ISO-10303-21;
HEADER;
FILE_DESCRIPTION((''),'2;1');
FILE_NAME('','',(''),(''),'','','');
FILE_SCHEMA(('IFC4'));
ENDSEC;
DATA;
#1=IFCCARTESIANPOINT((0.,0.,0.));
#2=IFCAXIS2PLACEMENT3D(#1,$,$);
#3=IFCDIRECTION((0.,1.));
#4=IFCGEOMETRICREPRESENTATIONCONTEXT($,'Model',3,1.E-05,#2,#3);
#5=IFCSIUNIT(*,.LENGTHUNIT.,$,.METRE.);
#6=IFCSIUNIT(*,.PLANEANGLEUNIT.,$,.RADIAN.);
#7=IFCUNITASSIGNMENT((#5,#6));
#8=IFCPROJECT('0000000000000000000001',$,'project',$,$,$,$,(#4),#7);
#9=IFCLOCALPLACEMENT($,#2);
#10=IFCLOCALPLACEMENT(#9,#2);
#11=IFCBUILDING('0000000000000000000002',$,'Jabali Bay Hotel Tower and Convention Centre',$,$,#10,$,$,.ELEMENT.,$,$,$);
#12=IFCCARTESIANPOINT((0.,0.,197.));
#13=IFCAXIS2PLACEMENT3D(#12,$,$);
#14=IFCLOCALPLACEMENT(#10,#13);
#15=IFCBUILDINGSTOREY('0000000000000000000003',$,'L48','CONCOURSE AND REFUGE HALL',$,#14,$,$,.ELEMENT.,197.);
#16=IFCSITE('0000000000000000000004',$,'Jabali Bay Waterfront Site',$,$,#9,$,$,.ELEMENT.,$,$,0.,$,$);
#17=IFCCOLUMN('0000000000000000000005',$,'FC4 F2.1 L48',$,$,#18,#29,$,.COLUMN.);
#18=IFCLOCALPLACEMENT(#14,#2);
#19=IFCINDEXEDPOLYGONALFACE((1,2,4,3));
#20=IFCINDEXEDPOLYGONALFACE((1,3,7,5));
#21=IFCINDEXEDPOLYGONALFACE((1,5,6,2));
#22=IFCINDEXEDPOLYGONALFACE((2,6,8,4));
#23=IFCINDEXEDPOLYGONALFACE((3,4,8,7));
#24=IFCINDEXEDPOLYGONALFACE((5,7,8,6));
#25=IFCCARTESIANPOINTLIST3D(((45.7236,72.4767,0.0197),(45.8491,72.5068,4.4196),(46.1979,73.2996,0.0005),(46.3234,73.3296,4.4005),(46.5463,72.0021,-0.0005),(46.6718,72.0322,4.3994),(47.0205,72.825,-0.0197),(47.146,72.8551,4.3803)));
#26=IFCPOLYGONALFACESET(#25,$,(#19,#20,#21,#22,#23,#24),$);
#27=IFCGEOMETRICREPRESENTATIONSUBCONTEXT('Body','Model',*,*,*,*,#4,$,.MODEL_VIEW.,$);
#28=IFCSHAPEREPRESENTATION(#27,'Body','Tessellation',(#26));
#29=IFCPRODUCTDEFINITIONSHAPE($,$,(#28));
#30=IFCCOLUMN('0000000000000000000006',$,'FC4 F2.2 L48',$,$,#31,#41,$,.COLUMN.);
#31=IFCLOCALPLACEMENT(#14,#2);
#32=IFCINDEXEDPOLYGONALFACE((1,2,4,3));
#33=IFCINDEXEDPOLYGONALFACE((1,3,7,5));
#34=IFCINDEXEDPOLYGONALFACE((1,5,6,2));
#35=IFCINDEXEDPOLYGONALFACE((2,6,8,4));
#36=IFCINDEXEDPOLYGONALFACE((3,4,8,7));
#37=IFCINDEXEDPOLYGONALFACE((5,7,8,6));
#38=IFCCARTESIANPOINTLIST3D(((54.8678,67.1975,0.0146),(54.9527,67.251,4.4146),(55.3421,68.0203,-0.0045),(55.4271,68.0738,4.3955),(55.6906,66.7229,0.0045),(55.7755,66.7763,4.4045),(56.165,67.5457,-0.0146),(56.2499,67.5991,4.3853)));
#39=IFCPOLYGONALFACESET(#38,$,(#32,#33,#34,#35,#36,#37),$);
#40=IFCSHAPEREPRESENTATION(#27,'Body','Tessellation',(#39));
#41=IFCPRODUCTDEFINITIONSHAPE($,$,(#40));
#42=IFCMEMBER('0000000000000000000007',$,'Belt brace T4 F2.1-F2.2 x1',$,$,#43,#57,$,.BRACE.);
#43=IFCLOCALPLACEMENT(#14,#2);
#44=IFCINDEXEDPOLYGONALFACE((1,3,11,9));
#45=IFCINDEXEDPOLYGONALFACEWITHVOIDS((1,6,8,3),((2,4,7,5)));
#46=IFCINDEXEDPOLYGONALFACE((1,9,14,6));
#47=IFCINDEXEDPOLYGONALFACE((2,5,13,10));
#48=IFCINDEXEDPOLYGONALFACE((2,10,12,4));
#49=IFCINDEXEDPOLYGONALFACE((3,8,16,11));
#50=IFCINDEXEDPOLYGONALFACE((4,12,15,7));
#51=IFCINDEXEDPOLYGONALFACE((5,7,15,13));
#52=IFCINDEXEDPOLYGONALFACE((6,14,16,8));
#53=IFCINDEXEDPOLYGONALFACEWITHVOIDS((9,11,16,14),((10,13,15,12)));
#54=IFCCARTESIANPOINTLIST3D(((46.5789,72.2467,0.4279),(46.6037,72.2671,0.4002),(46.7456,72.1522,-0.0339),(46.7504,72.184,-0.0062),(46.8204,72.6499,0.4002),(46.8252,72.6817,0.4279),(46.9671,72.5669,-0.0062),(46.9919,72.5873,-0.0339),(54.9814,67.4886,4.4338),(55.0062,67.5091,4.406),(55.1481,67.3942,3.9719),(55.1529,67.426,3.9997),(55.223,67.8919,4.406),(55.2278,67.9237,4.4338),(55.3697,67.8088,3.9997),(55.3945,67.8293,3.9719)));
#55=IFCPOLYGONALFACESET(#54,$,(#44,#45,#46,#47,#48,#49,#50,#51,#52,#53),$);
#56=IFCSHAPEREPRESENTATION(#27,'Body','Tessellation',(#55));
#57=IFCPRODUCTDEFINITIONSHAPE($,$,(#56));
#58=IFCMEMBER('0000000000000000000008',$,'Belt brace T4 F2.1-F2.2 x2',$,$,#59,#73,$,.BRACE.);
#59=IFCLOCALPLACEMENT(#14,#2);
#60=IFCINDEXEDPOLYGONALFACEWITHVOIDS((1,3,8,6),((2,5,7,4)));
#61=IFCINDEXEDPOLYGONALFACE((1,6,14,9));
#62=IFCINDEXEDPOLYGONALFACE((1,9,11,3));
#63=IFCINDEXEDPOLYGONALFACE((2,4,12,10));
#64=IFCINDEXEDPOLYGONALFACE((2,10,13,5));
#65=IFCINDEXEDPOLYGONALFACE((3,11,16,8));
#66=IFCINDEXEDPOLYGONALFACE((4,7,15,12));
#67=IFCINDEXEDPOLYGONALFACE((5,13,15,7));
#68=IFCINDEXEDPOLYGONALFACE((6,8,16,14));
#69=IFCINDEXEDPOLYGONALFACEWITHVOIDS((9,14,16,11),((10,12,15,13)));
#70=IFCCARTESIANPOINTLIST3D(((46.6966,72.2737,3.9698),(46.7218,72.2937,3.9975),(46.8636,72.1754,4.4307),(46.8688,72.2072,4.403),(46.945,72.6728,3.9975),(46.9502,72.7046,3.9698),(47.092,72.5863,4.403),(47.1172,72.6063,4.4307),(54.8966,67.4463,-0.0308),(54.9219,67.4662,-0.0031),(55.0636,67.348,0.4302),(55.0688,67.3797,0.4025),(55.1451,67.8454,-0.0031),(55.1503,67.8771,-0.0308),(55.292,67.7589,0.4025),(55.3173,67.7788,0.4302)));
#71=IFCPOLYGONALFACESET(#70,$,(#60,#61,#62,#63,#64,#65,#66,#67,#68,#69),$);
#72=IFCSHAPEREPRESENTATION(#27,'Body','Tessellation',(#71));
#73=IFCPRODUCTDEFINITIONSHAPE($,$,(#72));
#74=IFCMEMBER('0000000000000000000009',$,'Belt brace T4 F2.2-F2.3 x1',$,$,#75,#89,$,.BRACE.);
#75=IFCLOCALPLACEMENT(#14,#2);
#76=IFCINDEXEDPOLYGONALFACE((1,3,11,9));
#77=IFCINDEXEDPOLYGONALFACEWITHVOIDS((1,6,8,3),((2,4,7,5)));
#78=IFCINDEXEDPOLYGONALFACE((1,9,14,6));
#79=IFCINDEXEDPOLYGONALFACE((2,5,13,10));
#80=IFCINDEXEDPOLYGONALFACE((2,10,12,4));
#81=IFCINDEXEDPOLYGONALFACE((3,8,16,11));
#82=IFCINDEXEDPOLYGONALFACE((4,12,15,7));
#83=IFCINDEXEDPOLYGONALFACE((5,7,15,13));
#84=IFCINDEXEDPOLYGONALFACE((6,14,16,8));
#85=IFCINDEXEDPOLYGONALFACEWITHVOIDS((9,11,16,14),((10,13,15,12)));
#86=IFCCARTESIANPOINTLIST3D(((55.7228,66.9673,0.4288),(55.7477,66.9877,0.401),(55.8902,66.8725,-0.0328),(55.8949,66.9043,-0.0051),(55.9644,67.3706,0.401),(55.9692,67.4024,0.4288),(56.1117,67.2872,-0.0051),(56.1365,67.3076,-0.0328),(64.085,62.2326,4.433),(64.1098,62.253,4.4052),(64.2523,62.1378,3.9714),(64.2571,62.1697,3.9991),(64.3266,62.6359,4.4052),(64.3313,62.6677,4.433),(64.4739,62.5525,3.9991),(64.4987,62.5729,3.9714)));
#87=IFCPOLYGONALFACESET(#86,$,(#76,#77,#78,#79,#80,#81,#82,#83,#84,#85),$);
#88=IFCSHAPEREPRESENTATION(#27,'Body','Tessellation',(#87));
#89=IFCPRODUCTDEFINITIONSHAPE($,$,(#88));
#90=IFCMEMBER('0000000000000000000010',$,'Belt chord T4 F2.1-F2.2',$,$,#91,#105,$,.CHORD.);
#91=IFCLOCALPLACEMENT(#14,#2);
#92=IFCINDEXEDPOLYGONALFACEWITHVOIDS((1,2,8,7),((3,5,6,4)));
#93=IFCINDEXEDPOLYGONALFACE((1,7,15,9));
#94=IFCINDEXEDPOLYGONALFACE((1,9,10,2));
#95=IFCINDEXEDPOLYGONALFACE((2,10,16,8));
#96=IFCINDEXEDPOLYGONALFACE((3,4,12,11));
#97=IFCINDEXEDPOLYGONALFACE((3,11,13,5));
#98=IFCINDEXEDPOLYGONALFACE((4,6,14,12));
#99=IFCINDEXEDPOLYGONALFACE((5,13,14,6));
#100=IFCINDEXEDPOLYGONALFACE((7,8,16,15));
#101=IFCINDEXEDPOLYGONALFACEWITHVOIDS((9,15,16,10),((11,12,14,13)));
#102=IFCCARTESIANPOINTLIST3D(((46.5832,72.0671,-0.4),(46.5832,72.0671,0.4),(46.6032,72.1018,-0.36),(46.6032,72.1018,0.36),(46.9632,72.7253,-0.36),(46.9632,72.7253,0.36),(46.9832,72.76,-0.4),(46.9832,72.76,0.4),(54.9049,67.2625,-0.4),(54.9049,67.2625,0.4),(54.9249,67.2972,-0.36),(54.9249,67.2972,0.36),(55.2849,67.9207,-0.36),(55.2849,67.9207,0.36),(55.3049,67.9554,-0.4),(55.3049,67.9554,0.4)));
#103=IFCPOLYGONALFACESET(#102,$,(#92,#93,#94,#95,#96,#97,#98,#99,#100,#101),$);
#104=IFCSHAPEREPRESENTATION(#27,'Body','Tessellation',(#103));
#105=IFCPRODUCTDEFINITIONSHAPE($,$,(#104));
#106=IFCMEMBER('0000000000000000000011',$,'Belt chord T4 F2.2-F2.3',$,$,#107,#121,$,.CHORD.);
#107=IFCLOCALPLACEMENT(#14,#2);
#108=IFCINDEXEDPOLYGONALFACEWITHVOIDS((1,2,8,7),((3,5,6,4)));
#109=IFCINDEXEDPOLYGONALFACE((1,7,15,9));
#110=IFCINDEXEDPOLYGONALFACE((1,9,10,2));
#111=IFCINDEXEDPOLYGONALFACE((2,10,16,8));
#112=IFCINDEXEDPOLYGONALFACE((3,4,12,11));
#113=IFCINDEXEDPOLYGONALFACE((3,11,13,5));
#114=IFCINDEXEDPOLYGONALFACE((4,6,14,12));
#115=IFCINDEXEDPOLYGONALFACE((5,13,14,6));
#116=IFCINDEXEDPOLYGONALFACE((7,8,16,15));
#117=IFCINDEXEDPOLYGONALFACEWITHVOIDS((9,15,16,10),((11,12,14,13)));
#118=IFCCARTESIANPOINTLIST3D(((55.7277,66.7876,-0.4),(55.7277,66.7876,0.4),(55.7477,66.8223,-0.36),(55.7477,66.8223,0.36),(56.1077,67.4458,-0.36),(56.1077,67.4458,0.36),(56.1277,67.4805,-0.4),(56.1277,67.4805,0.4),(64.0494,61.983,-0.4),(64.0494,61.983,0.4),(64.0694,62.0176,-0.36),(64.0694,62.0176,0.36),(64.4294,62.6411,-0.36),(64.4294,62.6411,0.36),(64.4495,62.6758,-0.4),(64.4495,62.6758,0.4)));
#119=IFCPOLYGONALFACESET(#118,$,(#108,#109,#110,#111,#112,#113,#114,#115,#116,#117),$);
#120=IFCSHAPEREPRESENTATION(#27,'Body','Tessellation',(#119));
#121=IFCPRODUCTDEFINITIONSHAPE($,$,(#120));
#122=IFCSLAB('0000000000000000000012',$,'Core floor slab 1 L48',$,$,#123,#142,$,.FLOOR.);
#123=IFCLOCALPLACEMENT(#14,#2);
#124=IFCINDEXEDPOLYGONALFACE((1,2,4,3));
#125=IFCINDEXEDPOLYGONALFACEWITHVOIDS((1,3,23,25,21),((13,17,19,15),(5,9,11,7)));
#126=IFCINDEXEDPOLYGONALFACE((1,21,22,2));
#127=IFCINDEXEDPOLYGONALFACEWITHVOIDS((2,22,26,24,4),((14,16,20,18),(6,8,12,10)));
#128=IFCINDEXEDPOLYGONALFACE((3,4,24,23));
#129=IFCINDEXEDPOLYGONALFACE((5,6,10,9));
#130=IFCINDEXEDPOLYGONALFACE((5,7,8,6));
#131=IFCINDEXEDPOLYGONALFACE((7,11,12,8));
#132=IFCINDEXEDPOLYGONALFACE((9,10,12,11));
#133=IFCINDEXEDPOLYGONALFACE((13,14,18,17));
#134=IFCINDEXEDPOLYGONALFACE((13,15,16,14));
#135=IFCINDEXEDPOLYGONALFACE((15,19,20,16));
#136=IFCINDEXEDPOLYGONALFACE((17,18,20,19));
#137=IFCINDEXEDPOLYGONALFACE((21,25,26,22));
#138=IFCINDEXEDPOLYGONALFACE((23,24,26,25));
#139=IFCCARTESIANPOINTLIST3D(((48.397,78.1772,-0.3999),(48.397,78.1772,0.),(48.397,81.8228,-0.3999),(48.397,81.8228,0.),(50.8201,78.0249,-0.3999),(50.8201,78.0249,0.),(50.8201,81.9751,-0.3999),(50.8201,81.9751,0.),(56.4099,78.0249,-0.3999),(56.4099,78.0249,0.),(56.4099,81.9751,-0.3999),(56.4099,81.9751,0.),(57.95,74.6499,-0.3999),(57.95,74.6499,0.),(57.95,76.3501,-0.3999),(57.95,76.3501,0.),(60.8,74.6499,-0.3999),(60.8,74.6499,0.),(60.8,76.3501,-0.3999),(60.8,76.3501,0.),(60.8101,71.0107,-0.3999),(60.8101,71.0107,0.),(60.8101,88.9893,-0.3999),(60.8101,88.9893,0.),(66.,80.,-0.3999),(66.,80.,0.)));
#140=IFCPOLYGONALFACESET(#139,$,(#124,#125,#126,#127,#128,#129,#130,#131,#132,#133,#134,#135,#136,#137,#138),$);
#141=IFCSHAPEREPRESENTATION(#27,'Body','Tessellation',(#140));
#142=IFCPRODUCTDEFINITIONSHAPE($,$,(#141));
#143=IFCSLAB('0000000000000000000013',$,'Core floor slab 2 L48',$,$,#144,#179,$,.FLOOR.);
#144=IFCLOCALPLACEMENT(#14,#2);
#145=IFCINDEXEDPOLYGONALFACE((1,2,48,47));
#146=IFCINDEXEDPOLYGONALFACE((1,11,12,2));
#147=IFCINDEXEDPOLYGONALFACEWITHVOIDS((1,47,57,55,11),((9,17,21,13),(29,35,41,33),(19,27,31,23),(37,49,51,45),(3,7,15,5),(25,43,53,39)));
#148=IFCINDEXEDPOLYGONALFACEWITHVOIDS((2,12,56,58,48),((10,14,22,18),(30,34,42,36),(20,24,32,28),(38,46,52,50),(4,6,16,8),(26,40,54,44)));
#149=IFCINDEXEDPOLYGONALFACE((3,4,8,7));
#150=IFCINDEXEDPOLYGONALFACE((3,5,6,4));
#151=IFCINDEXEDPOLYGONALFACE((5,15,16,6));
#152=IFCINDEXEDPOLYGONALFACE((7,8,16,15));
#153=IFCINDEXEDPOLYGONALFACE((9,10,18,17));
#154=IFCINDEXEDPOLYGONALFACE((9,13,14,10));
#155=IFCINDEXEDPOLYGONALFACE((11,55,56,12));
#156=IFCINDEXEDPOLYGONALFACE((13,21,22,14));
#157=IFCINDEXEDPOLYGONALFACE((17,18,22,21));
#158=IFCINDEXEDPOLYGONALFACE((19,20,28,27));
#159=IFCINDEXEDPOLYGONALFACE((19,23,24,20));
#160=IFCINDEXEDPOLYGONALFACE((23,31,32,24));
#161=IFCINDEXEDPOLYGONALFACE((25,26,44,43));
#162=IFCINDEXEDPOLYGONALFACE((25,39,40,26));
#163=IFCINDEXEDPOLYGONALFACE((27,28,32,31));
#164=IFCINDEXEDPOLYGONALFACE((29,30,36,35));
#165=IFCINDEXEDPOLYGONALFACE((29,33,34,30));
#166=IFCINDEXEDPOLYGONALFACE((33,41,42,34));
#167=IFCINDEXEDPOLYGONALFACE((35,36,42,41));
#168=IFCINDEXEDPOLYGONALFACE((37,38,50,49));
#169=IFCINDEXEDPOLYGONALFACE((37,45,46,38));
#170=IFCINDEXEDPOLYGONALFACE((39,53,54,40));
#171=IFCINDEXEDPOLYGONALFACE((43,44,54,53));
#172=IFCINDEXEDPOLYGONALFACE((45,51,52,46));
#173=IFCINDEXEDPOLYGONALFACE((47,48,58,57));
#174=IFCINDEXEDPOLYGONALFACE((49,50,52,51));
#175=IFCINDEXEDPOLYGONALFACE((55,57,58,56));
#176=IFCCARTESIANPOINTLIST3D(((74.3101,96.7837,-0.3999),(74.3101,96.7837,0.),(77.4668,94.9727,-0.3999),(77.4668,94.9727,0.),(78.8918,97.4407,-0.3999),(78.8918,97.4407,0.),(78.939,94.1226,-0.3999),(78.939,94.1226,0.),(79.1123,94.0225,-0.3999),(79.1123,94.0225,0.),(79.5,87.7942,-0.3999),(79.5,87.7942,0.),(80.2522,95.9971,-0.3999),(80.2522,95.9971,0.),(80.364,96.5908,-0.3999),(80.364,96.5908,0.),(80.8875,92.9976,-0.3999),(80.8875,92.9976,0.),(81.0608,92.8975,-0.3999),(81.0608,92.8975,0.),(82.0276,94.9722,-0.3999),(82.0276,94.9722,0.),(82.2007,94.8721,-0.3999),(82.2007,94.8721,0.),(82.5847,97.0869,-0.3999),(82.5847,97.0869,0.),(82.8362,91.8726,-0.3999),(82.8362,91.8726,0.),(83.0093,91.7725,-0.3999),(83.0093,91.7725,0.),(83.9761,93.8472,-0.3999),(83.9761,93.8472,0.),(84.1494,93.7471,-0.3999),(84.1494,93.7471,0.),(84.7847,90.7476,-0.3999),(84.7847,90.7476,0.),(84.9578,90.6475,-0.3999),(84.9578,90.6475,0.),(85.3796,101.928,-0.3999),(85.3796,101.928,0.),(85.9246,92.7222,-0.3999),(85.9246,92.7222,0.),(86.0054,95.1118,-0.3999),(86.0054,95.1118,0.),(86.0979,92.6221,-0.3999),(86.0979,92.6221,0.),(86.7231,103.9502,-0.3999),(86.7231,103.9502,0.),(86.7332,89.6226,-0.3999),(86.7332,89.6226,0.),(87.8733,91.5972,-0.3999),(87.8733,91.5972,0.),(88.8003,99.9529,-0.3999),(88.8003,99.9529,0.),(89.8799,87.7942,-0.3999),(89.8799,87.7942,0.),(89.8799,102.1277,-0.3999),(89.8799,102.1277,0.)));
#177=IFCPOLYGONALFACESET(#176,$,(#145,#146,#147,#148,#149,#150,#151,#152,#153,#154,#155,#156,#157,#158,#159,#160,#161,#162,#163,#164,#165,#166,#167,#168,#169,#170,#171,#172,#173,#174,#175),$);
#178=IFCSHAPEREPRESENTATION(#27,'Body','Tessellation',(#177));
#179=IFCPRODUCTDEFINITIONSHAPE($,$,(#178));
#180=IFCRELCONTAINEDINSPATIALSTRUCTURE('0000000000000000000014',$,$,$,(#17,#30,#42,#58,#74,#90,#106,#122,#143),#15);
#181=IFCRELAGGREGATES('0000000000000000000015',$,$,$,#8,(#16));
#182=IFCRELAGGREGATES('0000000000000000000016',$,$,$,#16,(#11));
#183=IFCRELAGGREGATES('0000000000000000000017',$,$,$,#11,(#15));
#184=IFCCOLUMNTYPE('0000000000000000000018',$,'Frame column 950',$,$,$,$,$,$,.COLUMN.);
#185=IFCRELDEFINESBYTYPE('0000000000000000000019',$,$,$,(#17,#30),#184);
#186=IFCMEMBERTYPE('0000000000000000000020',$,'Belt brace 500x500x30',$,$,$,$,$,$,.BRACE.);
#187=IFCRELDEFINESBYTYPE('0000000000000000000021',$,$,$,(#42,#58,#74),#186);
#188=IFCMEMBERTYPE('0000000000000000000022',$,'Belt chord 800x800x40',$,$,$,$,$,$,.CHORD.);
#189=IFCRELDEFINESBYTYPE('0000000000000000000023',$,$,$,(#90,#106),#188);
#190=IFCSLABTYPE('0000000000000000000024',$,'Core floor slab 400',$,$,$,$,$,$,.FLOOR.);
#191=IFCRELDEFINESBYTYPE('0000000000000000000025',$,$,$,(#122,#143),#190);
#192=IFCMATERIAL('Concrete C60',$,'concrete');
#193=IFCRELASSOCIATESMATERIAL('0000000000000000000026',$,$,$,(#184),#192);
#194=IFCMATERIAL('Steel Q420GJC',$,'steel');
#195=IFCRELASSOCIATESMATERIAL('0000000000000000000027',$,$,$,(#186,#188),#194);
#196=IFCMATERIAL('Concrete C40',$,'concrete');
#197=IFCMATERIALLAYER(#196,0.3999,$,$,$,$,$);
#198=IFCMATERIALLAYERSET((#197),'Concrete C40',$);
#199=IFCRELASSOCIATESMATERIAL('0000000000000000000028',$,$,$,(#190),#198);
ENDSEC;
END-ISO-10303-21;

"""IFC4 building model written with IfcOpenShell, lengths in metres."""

from ifc_helpers import new_model, si_unit, direction, frame, origin, origin_2d, place, context, subcontext, project, spatial, polyline, rectangle, hollow_rectangle, outline, extrude, material, layer, layer_set, material_profile, profile_set, type_object, element, save


model = new_model("IFC4")

# Units and contexts
model_context = context("Model", 3, precision=1e-05, world=origin(), true_north=direction((0.0, 1.0)))
body_context = subcontext(model_context, "Body", "Model", "MODEL_VIEW")
ifc_project = project(units=[si_unit("LENGTHUNIT", "METRE"), si_unit("PLANEANGLEUNIT", "RADIAN")], contexts=[model_context])

# Site, building, storey
site_placement = place(None, origin())
site = spatial("IfcSite", under=ifc_project, at=site_placement, Name="Jabali Bay Waterfront Site", CompositionType="ELEMENT", RefElevation=0.0)
building_placement = place(site_placement, origin())
building = spatial("IfcBuilding", under=site, at=building_placement, Name="Jabali Bay Hotel Tower and Convention Centre", CompositionType="ELEMENT")
storey_placement = place(building_placement, frame((0.0, 0.0, 197.0)))
storey = spatial("IfcBuildingStorey", under=building, at=storey_placement, Name="L48", Description="CONCOURSE AND REFUGE HALL", CompositionType="ELEMENT", Elevation=197.0)

# Columns
ifc_material_1 = material(Name="Concrete C60", Category="concrete")
ifc_material_profile_1 = material_profile(ifc_material_1, rectangle(XDim=0.95, YDim=0.95, at=origin_2d()), Name="Frame column 950")
ifc_profile_set_1 = profile_set([ifc_material_profile_1], Name="Concrete C60")
column_type = type_object("IfcColumnType", Name="Frame column 950", PredefinedType="COLUMN", material=ifc_profile_set_1)
column_1_placement = place(storey_placement, frame((46.3721, 72.6509, 0.0), z_axis=(0.028508, 0.006822, 0.99957), x_axis=(-0.865997, 0.499596, 0.021289)))
element("IfcColumn", 1, at=column_1_placement, inside=storey, type_object=column_type, Name="FC4 F2.1 L48", PredefinedType="COLUMN", context=body_context, shape_type="SweptSolid", body=[
    extrude(rectangle(XDim=0.95, YDim=0.95, at=origin_2d()), origin(), (0.0, 0.0, 1.0), 4.4019),
])
column_2_placement = place(storey_placement, frame((55.5164, 67.3716, 0.0), z_axis=(0.019305, 0.012149, 0.99974), x_axis=(-0.866164, 0.499646, 0.010654)))
element("IfcColumn", 2, at=column_2_placement, inside=storey, type_object=column_type, Name="FC4 F2.2 L48", PredefinedType="COLUMN", context=body_context, shape_type="SweptSolid", body=[
    extrude(rectangle(XDim=0.95, YDim=0.95, at=origin_2d()), origin(), (0.0, 0.0, 1.0), 4.4011),
])

# Members
ifc_material_2 = material(Name="Steel Q420GJC", Category="steel")
ifc_material_profile_2 = material_profile(ifc_material_2, hollow_rectangle(XDim=0.5, YDim=0.5, WallThickness=0.03, at=origin_2d()), Name="Belt brace 500x500x30")
ifc_profile_set_2 = profile_set([ifc_material_profile_2], Name="Steel Q420GJC")
member_type_1 = type_object("IfcMemberType", Name="Belt brace 500x500x30", PredefinedType="BRACE", material=ifc_profile_set_2)
member_1_placement = place(storey_placement, frame((46.7854, 72.417, 0.197), z_axis=(0.803755, -0.455135, 0.383183), x_axis=(0.492745, 0.870174, 0.0)))
element("IfcMember", 3, at=member_1_placement, inside=storey, type_object=member_type_1, Name="Belt brace T4 F2.1-F2.2 x1", PredefinedType="BRACE", context=body_context, shape_type="SweptSolid", body=[
    extrude(hollow_rectangle(XDim=0.5, YDim=0.5, WallThickness=0.03, at=origin_2d()), origin(), (0.0, 0.0, 1.0), 10.4541),
])
member_2_placement = place(storey_placement, frame((55.1069, 67.6125, 0.1997), z_axis=(-0.794403, 0.467673, 0.387563), x_axis=(-0.507324, -0.861755, 0.0)))
element("IfcMember", 4, at=member_2_placement, inside=storey, type_object=member_type_1, Name="Belt brace T4 F2.1-F2.2 x2", PredefinedType="BRACE", context=body_context, shape_type="SweptSolid", body=[
    extrude(hollow_rectangle(XDim=0.5, YDim=0.5, WallThickness=0.03, at=origin_2d()), origin(), (0.0, 0.0, 1.0), 10.3223),
])
member_3_placement = place(storey_placement, frame((55.9297, 67.1375, 0.198), z_axis=(0.80325, -0.454802, 0.384634), x_axis=(0.492707, 0.870195, 0.0)))
element("IfcMember", 5, at=member_3_placement, inside=storey, type_object=member_type_1, Name="Belt brace T4 F2.2-F2.3 x1", PredefinedType="BRACE", context=body_context, shape_type="SweptSolid", body=[
    extrude(hollow_rectangle(XDim=0.5, YDim=0.5, WallThickness=0.03, at=origin_2d()), origin(), (0.0, 0.0, 1.0), 10.4104),
])
ifc_material_profile_3 = material_profile(ifc_material_2, hollow_rectangle(XDim=0.8, YDim=0.8, WallThickness=0.04, at=origin_2d()), Name="Belt chord 800x800x40")
ifc_profile_set_3 = profile_set([ifc_material_profile_3], Name="Steel Q420GJC")
member_type_2 = type_object("IfcMemberType", Name="Belt chord 800x800x40", PredefinedType="CHORD", material=ifc_profile_set_3)
for number, where, z_axis, x_axis, name in (
    (6, (46.7832, 72.4136, 0.0), (0.866021, -0.500008, 0.0), (0.500008, 0.866021, 0.0), "Belt chord T4 F2.1-F2.2"),
    (7, (55.9277, 67.134, 0.0), (0.866021, -0.500008, 0.0), (0.500008, 0.866021, 0.0), "Belt chord T4 F2.2-F2.3"),
):
    element("IfcMember", number, at=place(storey_placement, frame(where, z_axis=z_axis, x_axis=x_axis)), inside=storey, type_object=member_type_2, Name=name, PredefinedType="CHORD", context=body_context, shape_type="SweptSolid", body=[
        extrude(hollow_rectangle(XDim=0.8, YDim=0.8, WallThickness=0.04, at=origin_2d()), origin(), (0.0, 0.0, 1.0), 9.6091),
    ])

# Slabs
ifc_material_3 = material(Name="Concrete C40", Category="concrete")
ifc_layer_1 = layer(ifc_material_3, 0.3999)
ifc_layer_set_1 = layer_set([ifc_layer_1], Name="Concrete C40")
slab_type_1 = type_object("IfcSlabType", Name="Core floor slab 400", PredefinedType="FLOOR", material=ifc_layer_set_1)
slab_1_placement = place(storey_placement, frame((0.0, 0.0, -0.3999)))
element("IfcSlab", 8, at=slab_1_placement, inside=storey, type_object=slab_type_1, Name="Core floor slab 1 L48", PredefinedType="FLOOR", context=body_context, shape_type="SweptSolid", body=[
    extrude(outline(polyline([(66.0, 80.0), (60.8101, 88.9893), (48.397, 81.8228), (48.397, 78.1772), (60.8101, 71.0107), (66.0, 80.0)]), holes=[polyline([(60.8, 76.3501), (57.95, 76.3501), (57.95, 74.6499), (60.8, 74.6499), (60.8, 76.3501)]), polyline([(50.8201, 81.9751), (50.8201, 78.0249), (56.4099, 78.0249), (56.4099, 81.9751), (50.8201, 81.9751)])]), origin(), (0.0, 0.0, 1.0), 0.3999),
])
slab_2_placement = place(storey_placement, frame((0.0, 0.0, -0.3999)))
element("IfcSlab", 9, at=slab_2_placement, inside=storey, type_object=slab_type_1, Name="Core floor slab 2 L48", PredefinedType="FLOOR", context=body_context, shape_type="SweptSolid", body=[
    extrude(outline(polyline([(79.5, 87.7942), (89.8799, 87.7942), (89.8799, 102.1277), (86.7231, 103.9502), (74.3101, 96.7837), (79.5, 87.7942)]), holes=[polyline([(84.9578, 90.6475), (86.7332, 89.6226), (87.8733, 91.5972), (86.0979, 92.6221), (84.9578, 90.6475)]), polyline([(84.1494, 93.7471), (83.0093, 91.7725), (84.7847, 90.7476), (85.9246, 92.7222), (84.1494, 93.7471)]), polyline([(82.2007, 94.8721), (81.0608, 92.8975), (82.8362, 91.8726), (83.9761, 93.8472), (82.2007, 94.8721)]), polyline([(79.1123, 94.0225), (80.8875, 92.9976), (82.0276, 94.9722), (80.2522, 95.9971), (79.1123, 94.0225)]), polyline([(78.8918, 97.4407), (77.4668, 94.9727), (78.939, 94.1226), (80.364, 96.5908), (78.8918, 97.4407)]), polyline([(82.5847, 97.0869), (86.0054, 95.1118), (88.8003, 99.9529), (85.3796, 101.928), (82.5847, 97.0869)])]), origin(), (0.0, 0.0, 1.0), 0.3999),
])

save(model, "model.ifc")
